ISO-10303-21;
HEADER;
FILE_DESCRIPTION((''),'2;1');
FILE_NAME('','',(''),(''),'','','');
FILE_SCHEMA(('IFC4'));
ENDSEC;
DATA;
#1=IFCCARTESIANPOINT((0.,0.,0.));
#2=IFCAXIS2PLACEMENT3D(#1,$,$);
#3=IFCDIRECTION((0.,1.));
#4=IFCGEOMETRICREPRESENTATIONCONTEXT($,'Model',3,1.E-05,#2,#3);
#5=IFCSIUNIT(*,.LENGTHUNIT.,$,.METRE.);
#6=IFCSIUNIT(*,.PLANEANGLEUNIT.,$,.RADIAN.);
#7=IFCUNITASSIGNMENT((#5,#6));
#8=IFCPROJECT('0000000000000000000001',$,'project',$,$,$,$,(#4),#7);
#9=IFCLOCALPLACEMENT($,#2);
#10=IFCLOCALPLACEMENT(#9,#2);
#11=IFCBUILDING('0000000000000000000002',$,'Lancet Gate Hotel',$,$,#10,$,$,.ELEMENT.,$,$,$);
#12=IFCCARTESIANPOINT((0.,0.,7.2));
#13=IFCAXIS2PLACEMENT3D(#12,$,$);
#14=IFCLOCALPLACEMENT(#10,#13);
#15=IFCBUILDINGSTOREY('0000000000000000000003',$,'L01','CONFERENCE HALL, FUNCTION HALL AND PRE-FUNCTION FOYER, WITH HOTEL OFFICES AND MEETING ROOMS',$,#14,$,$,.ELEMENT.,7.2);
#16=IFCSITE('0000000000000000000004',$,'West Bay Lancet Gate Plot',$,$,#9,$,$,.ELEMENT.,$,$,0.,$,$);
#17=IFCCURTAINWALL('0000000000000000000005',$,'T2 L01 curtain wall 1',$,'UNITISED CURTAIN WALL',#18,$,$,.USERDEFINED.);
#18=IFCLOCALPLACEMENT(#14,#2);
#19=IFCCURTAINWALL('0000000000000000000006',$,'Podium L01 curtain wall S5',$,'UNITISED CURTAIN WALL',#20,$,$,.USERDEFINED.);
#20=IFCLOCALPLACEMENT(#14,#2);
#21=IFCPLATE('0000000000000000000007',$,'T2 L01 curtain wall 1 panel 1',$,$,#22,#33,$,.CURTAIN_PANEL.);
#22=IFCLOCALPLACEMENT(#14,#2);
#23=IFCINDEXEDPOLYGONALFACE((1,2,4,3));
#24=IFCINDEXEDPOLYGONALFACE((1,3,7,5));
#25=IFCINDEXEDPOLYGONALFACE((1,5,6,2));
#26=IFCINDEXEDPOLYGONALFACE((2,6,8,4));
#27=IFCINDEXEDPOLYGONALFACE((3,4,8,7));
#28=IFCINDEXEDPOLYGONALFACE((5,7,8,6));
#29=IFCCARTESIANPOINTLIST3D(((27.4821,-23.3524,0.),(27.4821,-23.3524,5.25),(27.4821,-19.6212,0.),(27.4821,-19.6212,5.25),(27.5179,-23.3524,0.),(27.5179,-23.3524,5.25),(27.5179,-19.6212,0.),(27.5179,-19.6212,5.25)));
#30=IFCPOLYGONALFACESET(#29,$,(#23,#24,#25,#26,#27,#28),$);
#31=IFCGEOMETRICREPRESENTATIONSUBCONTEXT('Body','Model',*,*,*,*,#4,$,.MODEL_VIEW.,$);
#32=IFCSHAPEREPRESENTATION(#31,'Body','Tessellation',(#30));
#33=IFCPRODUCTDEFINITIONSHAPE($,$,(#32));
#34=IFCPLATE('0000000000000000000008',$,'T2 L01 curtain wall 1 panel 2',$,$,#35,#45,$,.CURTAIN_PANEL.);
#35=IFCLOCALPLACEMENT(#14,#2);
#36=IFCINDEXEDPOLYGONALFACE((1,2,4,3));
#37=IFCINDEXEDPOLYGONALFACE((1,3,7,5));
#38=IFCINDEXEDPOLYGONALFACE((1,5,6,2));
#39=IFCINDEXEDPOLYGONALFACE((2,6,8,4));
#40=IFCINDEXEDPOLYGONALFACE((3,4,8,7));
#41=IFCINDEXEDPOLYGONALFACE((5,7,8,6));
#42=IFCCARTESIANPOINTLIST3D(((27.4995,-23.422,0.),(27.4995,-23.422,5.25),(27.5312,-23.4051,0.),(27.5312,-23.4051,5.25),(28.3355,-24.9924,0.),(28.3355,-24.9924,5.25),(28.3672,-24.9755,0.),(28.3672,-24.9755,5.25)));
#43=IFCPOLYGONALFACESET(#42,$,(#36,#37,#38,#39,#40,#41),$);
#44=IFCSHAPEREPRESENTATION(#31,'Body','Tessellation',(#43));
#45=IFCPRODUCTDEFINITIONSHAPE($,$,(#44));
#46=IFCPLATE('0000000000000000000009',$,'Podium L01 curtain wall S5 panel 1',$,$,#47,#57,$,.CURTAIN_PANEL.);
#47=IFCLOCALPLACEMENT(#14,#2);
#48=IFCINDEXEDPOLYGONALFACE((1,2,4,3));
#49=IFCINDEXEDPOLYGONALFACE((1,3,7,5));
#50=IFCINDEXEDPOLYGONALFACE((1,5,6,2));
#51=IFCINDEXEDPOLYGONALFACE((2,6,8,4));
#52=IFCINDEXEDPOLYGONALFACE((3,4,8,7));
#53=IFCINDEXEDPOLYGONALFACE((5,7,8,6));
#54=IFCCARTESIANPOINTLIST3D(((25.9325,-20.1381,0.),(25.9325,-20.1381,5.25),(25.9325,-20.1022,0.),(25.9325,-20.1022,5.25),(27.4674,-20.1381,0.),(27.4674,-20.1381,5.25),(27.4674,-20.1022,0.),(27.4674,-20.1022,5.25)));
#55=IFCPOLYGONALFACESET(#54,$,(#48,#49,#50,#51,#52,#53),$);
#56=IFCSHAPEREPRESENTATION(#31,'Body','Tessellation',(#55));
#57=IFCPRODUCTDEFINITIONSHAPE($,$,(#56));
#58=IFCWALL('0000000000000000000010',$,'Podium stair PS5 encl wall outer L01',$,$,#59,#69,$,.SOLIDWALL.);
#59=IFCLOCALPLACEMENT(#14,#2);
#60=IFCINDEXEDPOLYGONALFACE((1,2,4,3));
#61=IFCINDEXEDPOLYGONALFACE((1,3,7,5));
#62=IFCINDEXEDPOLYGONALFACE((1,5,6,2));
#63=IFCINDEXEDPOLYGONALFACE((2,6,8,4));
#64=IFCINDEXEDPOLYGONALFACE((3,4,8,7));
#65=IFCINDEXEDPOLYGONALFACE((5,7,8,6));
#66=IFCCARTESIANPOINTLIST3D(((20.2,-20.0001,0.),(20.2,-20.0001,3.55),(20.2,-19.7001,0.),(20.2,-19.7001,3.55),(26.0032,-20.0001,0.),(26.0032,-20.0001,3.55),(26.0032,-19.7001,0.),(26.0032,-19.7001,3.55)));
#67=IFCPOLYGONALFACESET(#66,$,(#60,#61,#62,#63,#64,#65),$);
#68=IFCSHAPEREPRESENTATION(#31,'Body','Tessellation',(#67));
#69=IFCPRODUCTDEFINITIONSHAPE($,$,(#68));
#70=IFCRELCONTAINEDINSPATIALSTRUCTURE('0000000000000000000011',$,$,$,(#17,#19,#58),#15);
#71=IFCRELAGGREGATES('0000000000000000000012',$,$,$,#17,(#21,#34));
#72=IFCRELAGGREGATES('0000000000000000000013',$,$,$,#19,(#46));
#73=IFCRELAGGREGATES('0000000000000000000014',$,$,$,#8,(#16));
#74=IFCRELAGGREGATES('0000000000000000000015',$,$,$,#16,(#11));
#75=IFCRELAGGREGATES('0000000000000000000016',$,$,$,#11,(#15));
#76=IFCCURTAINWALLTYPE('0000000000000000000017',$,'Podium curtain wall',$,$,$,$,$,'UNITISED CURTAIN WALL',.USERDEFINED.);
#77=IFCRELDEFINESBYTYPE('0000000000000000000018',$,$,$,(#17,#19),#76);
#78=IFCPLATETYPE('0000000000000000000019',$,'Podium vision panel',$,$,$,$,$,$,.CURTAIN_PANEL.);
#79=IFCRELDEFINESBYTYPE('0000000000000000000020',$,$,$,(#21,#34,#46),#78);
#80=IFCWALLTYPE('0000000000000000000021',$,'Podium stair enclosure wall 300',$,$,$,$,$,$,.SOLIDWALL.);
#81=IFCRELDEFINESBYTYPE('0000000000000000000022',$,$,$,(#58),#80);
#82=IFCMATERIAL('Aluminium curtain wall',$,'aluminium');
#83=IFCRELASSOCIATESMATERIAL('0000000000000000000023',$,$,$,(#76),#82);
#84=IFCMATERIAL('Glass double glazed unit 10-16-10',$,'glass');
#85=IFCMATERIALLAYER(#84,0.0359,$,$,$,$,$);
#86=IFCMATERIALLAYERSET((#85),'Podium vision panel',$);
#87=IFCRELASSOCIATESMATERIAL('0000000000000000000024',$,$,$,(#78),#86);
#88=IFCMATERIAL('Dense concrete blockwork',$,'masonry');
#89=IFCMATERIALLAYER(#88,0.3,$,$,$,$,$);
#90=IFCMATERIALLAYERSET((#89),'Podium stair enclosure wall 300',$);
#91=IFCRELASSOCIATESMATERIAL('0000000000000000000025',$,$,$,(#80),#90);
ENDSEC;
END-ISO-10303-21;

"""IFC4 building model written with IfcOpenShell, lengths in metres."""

from ifc_helpers import new_model, si_unit, direction, frame, frame_2d, origin, origin_2d, place, context, subcontext, project, spatial, rectangle, extrude, material, layer, layer_set, type_object, element, aggregate, save


model = new_model("IFC4")

# Units and contexts
model_context = context("Model", 3, precision=1e-05, world=origin(), true_north=direction((0.0, 1.0)))
body_context = subcontext(model_context, "Body", "Model", "MODEL_VIEW")
ifc_project = project(units=[si_unit("LENGTHUNIT", "METRE"), si_unit("PLANEANGLEUNIT", "RADIAN")], contexts=[model_context])

# Site, building, storey
site_placement = place(None, origin())
site = spatial("IfcSite", under=ifc_project, at=site_placement, Name="West Bay Lancet Gate Plot", CompositionType="ELEMENT", RefElevation=0.0)
building_placement = place(site_placement, origin())
building = spatial("IfcBuilding", under=site, at=building_placement, Name="Lancet Gate Hotel", CompositionType="ELEMENT")
storey_placement = place(building_placement, frame((0.0, 0.0, 7.2)))
storey = spatial("IfcBuildingStorey", under=building, at=storey_placement, Name="L01", Description="CONFERENCE HALL, FUNCTION HALL AND PRE-FUNCTION FOYER, WITH HOTEL OFFICES AND MEETING ROOMS", CompositionType="ELEMENT", Elevation=7.2)

# Curtain wall
ifc_material_1 = material(Name="Aluminium curtain wall", Category="aluminium")
curtain_wall_type = type_object("IfcCurtainWallType", Name="Podium curtain wall", ElementType="UNITISED CURTAIN WALL", PredefinedType="USERDEFINED", material=ifc_material_1)
curtain_wall_1_placement = place(storey_placement, origin())
curtain_wall_1 = element("IfcCurtainWall", 1, at=curtain_wall_1_placement, inside=storey, type_object=curtain_wall_type, Name="T2 L01 curtain wall 1", ObjectType="UNITISED CURTAIN WALL", PredefinedType="USERDEFINED")

# Curtain wall
curtain_wall_2_placement = place(storey_placement, origin())
curtain_wall_2 = element("IfcCurtainWall", 2, at=curtain_wall_2_placement, inside=storey, type_object=curtain_wall_type, Name="Podium L01 curtain wall S5", ObjectType="UNITISED CURTAIN WALL", PredefinedType="USERDEFINED")

# Plates
ifc_material_2 = material(Name="Glass double glazed unit 10-16-10", Category="glass")
ifc_layer_1 = layer(ifc_material_2, 0.0359)
ifc_layer_set_1 = layer_set([ifc_layer_1], Name="Podium vision panel")
plate_type = type_object("IfcPlateType", Name="Podium vision panel", PredefinedType="CURTAIN_PANEL", material=ifc_layer_set_1)
plate_1_placement = place(storey_placement, frame((27.5, -21.4868, 0.0), z_axis=(0.0, 0.0, 1.0), x_axis=(0.0, -1.0, 0.0)))
plate_1 = element("IfcPlate", 3, at=plate_1_placement, type_object=plate_type, Name="T2 L01 curtain wall 1 panel 1", PredefinedType="CURTAIN_PANEL", context=body_context, shape_type="SweptSolid", body=[
    extrude(rectangle(XDim=3.7312, YDim=0.0359, at=origin_2d()), origin(), (0.0, 0.0, 1.0), 5.25),
])
plate_2_placement = place(storey_placement, frame((27.9333, -24.1987, 0.0), z_axis=(0.0, 0.0, 1.0), x_axis=(0.469898, -0.882721, 0.0)))
plate_2 = element("IfcPlate", 4, at=plate_2_placement, type_object=plate_type, Name="T2 L01 curtain wall 1 panel 2", PredefinedType="CURTAIN_PANEL", context=body_context, shape_type="SweptSolid", body=[
    extrude(rectangle(XDim=1.7791, YDim=0.0359, at=origin_2d()), origin(), (0.0, 0.0, 1.0), 5.25),
])
aggregate(curtain_wall_1, [plate_1, plate_2])
plate_3_placement = place(storey_placement, frame((26.7, -20.1201, 0.0), z_axis=(0.0, 0.0, 1.0), x_axis=(1.0, 0.0, 0.0)))
plate_3 = element("IfcPlate", 5, at=plate_3_placement, type_object=plate_type, Name="Podium L01 curtain wall S5 panel 1", PredefinedType="CURTAIN_PANEL", context=body_context, shape_type="SweptSolid", body=[
    extrude(rectangle(XDim=1.5349, YDim=0.0359, at=origin_2d()), origin(), (0.0, 0.0, 1.0), 5.25),
])
aggregate(curtain_wall_2, [plate_3])

# Wall
ifc_material_3 = material(Name="Dense concrete blockwork", Category="masonry")
ifc_layer_2 = layer(ifc_material_3, 0.3)
ifc_layer_set_2 = layer_set([ifc_layer_2], Name="Podium stair enclosure wall 300")
wall_type = type_object("IfcWallType", Name="Podium stair enclosure wall 300", PredefinedType="SOLIDWALL", material=ifc_layer_set_2)
wall_placement = place(storey_placement, frame((26.0032, -19.8501, 0.0), z_axis=(0.0, 0.0, 1.0), x_axis=(-1.0, 0.0, 0.0)))
element("IfcWall", 6, at=wall_placement, inside=storey, type_object=wall_type, Name="Podium stair PS5 encl wall outer L01", PredefinedType="SOLIDWALL", context=body_context, shape_type="SweptSolid", body=[
    extrude(rectangle(XDim=5.8032, YDim=0.3, at=frame_2d((2.9016, 0.0))), origin(), (0.0, 0.0, 1.0), 3.55),
])

save(model, "model.ifc")
